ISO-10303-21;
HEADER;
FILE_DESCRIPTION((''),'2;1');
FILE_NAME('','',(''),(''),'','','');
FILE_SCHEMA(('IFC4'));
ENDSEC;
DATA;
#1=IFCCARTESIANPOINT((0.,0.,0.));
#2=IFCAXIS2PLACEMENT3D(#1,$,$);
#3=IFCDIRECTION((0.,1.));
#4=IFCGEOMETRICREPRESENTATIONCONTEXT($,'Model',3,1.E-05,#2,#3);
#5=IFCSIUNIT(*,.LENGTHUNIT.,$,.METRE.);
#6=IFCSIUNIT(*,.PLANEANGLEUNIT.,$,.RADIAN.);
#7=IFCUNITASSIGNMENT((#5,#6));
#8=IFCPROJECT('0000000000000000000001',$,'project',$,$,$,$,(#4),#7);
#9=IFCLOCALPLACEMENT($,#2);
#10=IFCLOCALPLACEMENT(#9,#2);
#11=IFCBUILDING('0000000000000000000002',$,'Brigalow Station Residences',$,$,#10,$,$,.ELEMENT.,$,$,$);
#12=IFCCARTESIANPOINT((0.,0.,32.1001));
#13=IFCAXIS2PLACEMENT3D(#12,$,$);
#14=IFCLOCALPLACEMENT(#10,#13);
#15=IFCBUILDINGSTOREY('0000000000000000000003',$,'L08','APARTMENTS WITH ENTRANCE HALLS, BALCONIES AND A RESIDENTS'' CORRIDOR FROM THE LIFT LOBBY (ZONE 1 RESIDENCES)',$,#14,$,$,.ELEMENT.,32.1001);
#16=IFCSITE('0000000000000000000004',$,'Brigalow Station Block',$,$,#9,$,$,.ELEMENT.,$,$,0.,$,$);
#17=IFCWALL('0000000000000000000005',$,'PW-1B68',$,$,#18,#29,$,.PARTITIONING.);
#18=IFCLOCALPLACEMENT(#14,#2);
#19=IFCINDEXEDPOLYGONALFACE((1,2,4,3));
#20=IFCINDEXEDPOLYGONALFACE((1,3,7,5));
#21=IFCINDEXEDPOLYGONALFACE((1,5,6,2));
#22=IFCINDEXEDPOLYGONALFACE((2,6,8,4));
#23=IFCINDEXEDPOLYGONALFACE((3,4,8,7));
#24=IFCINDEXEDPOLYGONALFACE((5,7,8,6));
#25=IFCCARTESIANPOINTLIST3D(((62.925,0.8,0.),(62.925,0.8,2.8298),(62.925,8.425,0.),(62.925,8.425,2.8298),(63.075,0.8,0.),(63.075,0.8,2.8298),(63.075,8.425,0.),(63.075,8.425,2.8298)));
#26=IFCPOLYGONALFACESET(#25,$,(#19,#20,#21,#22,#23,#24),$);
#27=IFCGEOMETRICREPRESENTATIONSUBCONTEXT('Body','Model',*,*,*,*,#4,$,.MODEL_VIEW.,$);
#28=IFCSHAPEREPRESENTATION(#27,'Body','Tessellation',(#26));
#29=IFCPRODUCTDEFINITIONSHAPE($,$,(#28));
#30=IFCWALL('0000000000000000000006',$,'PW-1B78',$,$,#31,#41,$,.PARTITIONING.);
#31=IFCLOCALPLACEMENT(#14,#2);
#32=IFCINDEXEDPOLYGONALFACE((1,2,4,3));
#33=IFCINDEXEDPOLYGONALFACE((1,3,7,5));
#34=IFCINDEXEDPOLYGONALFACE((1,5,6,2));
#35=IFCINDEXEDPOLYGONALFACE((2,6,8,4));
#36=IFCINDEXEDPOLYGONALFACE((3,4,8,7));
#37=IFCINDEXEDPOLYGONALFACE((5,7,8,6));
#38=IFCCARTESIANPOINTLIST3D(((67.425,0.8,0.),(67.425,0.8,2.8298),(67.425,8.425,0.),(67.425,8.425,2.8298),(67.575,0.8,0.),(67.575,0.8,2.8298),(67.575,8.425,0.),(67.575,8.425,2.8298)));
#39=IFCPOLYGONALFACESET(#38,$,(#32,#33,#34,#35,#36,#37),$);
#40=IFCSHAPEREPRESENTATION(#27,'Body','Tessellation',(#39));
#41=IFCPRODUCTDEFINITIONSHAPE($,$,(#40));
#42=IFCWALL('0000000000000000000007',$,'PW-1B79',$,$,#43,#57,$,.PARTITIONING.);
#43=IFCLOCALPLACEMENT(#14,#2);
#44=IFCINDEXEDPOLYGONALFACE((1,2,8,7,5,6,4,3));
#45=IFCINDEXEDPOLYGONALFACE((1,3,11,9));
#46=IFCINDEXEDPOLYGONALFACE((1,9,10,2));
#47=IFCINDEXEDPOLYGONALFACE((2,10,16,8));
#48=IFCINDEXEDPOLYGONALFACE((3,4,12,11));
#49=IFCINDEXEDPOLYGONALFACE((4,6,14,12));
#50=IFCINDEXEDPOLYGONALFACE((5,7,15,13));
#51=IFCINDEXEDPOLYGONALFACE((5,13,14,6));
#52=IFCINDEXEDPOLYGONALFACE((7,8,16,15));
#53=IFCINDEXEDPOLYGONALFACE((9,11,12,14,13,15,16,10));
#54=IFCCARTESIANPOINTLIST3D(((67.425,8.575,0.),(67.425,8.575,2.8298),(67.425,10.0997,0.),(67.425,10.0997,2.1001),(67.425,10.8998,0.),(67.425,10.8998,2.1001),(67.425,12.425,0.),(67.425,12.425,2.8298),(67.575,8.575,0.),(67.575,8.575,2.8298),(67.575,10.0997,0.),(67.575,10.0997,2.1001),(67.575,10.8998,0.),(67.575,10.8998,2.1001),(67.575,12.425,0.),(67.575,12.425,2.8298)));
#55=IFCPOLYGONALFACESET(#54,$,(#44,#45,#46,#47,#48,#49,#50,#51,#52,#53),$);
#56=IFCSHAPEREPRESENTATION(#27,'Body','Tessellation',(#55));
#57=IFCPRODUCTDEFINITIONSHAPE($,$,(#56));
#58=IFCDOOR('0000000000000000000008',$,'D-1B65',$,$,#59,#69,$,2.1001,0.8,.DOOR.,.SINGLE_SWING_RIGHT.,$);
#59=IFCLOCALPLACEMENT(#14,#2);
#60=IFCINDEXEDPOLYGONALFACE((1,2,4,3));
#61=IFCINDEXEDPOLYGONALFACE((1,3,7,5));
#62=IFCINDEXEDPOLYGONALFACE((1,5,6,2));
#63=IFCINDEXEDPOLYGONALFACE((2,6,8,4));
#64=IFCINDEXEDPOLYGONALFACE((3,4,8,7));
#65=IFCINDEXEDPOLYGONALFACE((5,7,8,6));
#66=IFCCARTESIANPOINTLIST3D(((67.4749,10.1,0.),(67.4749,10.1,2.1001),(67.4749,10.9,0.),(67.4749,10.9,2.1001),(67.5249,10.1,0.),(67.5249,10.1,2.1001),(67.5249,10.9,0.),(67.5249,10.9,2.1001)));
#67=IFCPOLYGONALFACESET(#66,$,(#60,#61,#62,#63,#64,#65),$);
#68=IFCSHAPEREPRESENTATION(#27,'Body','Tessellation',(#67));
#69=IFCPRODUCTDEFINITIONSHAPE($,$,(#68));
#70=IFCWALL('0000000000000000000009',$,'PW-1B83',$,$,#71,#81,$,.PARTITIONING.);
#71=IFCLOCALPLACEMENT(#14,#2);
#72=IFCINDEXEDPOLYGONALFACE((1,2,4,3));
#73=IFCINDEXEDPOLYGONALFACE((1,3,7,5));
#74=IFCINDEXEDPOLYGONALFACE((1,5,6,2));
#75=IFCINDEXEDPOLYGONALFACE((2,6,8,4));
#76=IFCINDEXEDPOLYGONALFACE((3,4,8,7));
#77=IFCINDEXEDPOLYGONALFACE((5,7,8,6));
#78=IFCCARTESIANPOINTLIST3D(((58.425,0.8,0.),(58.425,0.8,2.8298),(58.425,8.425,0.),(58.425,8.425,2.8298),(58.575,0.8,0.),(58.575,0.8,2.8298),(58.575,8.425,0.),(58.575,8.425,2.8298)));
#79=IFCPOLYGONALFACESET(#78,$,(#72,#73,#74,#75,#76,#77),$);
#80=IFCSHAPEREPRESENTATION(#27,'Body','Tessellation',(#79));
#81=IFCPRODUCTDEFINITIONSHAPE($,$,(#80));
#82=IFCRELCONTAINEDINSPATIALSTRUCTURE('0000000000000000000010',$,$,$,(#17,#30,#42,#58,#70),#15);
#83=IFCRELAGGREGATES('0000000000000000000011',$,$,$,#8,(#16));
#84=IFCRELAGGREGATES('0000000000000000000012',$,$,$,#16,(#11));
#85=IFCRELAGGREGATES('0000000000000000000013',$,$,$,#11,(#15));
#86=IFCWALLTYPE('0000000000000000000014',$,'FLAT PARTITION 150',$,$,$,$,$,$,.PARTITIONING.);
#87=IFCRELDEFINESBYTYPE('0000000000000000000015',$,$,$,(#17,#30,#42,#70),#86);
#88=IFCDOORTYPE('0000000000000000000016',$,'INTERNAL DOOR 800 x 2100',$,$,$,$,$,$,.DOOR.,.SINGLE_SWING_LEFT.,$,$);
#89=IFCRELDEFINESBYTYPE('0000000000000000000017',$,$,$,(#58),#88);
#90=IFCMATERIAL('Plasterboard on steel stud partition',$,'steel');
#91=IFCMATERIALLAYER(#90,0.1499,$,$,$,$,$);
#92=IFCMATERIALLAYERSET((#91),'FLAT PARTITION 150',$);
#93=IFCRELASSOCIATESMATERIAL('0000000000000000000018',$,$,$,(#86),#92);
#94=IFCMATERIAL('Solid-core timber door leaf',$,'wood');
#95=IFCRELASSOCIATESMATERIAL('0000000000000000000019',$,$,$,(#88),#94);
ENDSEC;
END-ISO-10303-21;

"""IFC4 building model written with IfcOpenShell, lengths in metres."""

from ifc_helpers import new_model, si_unit, direction, frame, frame_2d, origin, place, context, subcontext, project, spatial, rectangle, extrude, material, layer, layer_set, type_object, element, fill, save


model = new_model("IFC4")

# Units and contexts
model_context = context("Model", 3, precision=1e-05, world=origin(), true_north=direction((0.0, 1.0)))
body_context = subcontext(model_context, "Body", "Model", "MODEL_VIEW")
ifc_project = project(units=[si_unit("LENGTHUNIT", "METRE"), si_unit("PLANEANGLEUNIT", "RADIAN")], contexts=[model_context])

# Site, building, storey
site_placement = place(None, origin())
site = spatial("IfcSite", under=ifc_project, at=site_placement, Name="Brigalow Station Block", CompositionType="ELEMENT", RefElevation=0.0)
building_placement = place(site_placement, origin())
building = spatial("IfcBuilding", under=site, at=building_placement, Name="Brigalow Station Residences", CompositionType="ELEMENT")
storey_placement = place(building_placement, frame((0.0, 0.0, 32.1001)))
storey = spatial("IfcBuildingStorey", under=building, at=storey_placement, Name="L08", Description="APARTMENTS WITH ENTRANCE HALLS, BALCONIES AND A RESIDENTS' CORRIDOR FROM THE LIFT LOBBY (ZONE 1 RESIDENCES)", CompositionType="ELEMENT", Elevation=32.1001)

# Walls
ifc_material_1 = material(Name="Plasterboard on steel stud partition", Category="steel")
ifc_layer_1 = layer(ifc_material_1, 0.1499)
ifc_layer_set_1 = layer_set([ifc_layer_1], Name="FLAT PARTITION 150")
wall_type_1 = type_object("IfcWallType", Name="FLAT PARTITION 150", PredefinedType="PARTITIONING", material=ifc_layer_set_1)
for number, where, z_axis, x_axis, name in (
    (1, (63.0, 0.8, 0.0), (0.0, 0.0, 1.0), (0.0, 1.0, 0.0), "PW-1B68"),
    (2, (67.5, 0.8, 0.0), (0.0, 0.0, 1.0), (0.0, 1.0, 0.0), "PW-1B78"),
):
    element("IfcWall", number, at=place(storey_placement, frame(where, z_axis=z_axis, x_axis=x_axis)), inside=storey, type_object=wall_type_1, Name=name, PredefinedType="PARTITIONING", context=body_context, shape_type="SweptSolid", body=[
        extrude(rectangle(XDim=7.625, YDim=0.1499, at=frame_2d((3.8125, 0.0))), origin(), (0.0, 0.0, 1.0), 2.8298),
    ])

# Wall, opening, door
wall_1_placement = place(storey_placement, frame((67.5, 8.575, 0.0), z_axis=(0.0, 0.0, 1.0), x_axis=(0.0, 1.0, 0.0)))
wall_1 = element("IfcWall", 3, at=wall_1_placement, inside=storey, type_object=wall_type_1, Name="PW-1B79", PredefinedType="PARTITIONING", context=body_context, shape_type="SweptSolid", body=[
    extrude(rectangle(XDim=3.8501, YDim=0.1499, at=frame_2d((1.925, 0.0))), origin(), (0.0, 0.0, 1.0), 2.8298),
])
opening_1_placement = place(wall_1_placement, frame((1.5249, 0.0, 0.0)))
opening_1 = element("IfcOpeningElement", 4, at=opening_1_placement, cuts=wall_1, PredefinedType="OPENING", context=body_context, shape_type="SweptSolid", body=[
    extrude(rectangle(XDim=0.8, YDim=2.1001, at=frame_2d((0.3999, 1.05))), frame((0.0, 0.085, 0.0), z_axis=(0.0, -1.0, 0.0), x_axis=(1.0, 0.0, 0.0)), (0.0, 0.0, 1.0), 0.1699),
])
ifc_material_2 = material(Name="Solid-core timber door leaf", Category="wood")
door_type = type_object("IfcDoorType", Name="INTERNAL DOOR 800 x 2100", OperationType="SINGLE_SWING_LEFT", PredefinedType="DOOR", material=ifc_material_2)
door_placement = place(opening_1_placement, frame((0.8, 0.0, 0.0), z_axis=(0.0, 0.0, 1.0), x_axis=(-1.0, 0.0, 0.0)))
door = element("IfcDoor", 5, at=door_placement, inside=storey, type_object=door_type, Name="D-1B65", OperationType="SINGLE_SWING_RIGHT", OverallHeight=2.1001, OverallWidth=0.8, PredefinedType="DOOR", context=body_context, shape_type="SweptSolid", body=[
    extrude(rectangle(XDim=0.8, YDim=2.1001, at=frame_2d((0.3999, 1.05))), frame((0.0, 0.0249, 0.0), z_axis=(0.0, -1.0, 0.0), x_axis=(1.0, 0.0, 0.0)), (0.0, 0.0, 1.0), 0.05),
])
fill(opening_1, door)

# Wall
wall_2_placement = place(storey_placement, frame((58.5, 0.8, 0.0), z_axis=(0.0, 0.0, 1.0), x_axis=(0.0, 1.0, 0.0)))
element("IfcWall", 6, at=wall_2_placement, inside=storey, type_object=wall_type_1, Name="PW-1B83", PredefinedType="PARTITIONING", context=body_context, shape_type="SweptSolid", body=[
    extrude(rectangle(XDim=7.625, YDim=0.1499, at=frame_2d((3.8125, 0.0))), origin(), (0.0, 0.0, 1.0), 2.8298),
])

save(model, "model.ifc")
